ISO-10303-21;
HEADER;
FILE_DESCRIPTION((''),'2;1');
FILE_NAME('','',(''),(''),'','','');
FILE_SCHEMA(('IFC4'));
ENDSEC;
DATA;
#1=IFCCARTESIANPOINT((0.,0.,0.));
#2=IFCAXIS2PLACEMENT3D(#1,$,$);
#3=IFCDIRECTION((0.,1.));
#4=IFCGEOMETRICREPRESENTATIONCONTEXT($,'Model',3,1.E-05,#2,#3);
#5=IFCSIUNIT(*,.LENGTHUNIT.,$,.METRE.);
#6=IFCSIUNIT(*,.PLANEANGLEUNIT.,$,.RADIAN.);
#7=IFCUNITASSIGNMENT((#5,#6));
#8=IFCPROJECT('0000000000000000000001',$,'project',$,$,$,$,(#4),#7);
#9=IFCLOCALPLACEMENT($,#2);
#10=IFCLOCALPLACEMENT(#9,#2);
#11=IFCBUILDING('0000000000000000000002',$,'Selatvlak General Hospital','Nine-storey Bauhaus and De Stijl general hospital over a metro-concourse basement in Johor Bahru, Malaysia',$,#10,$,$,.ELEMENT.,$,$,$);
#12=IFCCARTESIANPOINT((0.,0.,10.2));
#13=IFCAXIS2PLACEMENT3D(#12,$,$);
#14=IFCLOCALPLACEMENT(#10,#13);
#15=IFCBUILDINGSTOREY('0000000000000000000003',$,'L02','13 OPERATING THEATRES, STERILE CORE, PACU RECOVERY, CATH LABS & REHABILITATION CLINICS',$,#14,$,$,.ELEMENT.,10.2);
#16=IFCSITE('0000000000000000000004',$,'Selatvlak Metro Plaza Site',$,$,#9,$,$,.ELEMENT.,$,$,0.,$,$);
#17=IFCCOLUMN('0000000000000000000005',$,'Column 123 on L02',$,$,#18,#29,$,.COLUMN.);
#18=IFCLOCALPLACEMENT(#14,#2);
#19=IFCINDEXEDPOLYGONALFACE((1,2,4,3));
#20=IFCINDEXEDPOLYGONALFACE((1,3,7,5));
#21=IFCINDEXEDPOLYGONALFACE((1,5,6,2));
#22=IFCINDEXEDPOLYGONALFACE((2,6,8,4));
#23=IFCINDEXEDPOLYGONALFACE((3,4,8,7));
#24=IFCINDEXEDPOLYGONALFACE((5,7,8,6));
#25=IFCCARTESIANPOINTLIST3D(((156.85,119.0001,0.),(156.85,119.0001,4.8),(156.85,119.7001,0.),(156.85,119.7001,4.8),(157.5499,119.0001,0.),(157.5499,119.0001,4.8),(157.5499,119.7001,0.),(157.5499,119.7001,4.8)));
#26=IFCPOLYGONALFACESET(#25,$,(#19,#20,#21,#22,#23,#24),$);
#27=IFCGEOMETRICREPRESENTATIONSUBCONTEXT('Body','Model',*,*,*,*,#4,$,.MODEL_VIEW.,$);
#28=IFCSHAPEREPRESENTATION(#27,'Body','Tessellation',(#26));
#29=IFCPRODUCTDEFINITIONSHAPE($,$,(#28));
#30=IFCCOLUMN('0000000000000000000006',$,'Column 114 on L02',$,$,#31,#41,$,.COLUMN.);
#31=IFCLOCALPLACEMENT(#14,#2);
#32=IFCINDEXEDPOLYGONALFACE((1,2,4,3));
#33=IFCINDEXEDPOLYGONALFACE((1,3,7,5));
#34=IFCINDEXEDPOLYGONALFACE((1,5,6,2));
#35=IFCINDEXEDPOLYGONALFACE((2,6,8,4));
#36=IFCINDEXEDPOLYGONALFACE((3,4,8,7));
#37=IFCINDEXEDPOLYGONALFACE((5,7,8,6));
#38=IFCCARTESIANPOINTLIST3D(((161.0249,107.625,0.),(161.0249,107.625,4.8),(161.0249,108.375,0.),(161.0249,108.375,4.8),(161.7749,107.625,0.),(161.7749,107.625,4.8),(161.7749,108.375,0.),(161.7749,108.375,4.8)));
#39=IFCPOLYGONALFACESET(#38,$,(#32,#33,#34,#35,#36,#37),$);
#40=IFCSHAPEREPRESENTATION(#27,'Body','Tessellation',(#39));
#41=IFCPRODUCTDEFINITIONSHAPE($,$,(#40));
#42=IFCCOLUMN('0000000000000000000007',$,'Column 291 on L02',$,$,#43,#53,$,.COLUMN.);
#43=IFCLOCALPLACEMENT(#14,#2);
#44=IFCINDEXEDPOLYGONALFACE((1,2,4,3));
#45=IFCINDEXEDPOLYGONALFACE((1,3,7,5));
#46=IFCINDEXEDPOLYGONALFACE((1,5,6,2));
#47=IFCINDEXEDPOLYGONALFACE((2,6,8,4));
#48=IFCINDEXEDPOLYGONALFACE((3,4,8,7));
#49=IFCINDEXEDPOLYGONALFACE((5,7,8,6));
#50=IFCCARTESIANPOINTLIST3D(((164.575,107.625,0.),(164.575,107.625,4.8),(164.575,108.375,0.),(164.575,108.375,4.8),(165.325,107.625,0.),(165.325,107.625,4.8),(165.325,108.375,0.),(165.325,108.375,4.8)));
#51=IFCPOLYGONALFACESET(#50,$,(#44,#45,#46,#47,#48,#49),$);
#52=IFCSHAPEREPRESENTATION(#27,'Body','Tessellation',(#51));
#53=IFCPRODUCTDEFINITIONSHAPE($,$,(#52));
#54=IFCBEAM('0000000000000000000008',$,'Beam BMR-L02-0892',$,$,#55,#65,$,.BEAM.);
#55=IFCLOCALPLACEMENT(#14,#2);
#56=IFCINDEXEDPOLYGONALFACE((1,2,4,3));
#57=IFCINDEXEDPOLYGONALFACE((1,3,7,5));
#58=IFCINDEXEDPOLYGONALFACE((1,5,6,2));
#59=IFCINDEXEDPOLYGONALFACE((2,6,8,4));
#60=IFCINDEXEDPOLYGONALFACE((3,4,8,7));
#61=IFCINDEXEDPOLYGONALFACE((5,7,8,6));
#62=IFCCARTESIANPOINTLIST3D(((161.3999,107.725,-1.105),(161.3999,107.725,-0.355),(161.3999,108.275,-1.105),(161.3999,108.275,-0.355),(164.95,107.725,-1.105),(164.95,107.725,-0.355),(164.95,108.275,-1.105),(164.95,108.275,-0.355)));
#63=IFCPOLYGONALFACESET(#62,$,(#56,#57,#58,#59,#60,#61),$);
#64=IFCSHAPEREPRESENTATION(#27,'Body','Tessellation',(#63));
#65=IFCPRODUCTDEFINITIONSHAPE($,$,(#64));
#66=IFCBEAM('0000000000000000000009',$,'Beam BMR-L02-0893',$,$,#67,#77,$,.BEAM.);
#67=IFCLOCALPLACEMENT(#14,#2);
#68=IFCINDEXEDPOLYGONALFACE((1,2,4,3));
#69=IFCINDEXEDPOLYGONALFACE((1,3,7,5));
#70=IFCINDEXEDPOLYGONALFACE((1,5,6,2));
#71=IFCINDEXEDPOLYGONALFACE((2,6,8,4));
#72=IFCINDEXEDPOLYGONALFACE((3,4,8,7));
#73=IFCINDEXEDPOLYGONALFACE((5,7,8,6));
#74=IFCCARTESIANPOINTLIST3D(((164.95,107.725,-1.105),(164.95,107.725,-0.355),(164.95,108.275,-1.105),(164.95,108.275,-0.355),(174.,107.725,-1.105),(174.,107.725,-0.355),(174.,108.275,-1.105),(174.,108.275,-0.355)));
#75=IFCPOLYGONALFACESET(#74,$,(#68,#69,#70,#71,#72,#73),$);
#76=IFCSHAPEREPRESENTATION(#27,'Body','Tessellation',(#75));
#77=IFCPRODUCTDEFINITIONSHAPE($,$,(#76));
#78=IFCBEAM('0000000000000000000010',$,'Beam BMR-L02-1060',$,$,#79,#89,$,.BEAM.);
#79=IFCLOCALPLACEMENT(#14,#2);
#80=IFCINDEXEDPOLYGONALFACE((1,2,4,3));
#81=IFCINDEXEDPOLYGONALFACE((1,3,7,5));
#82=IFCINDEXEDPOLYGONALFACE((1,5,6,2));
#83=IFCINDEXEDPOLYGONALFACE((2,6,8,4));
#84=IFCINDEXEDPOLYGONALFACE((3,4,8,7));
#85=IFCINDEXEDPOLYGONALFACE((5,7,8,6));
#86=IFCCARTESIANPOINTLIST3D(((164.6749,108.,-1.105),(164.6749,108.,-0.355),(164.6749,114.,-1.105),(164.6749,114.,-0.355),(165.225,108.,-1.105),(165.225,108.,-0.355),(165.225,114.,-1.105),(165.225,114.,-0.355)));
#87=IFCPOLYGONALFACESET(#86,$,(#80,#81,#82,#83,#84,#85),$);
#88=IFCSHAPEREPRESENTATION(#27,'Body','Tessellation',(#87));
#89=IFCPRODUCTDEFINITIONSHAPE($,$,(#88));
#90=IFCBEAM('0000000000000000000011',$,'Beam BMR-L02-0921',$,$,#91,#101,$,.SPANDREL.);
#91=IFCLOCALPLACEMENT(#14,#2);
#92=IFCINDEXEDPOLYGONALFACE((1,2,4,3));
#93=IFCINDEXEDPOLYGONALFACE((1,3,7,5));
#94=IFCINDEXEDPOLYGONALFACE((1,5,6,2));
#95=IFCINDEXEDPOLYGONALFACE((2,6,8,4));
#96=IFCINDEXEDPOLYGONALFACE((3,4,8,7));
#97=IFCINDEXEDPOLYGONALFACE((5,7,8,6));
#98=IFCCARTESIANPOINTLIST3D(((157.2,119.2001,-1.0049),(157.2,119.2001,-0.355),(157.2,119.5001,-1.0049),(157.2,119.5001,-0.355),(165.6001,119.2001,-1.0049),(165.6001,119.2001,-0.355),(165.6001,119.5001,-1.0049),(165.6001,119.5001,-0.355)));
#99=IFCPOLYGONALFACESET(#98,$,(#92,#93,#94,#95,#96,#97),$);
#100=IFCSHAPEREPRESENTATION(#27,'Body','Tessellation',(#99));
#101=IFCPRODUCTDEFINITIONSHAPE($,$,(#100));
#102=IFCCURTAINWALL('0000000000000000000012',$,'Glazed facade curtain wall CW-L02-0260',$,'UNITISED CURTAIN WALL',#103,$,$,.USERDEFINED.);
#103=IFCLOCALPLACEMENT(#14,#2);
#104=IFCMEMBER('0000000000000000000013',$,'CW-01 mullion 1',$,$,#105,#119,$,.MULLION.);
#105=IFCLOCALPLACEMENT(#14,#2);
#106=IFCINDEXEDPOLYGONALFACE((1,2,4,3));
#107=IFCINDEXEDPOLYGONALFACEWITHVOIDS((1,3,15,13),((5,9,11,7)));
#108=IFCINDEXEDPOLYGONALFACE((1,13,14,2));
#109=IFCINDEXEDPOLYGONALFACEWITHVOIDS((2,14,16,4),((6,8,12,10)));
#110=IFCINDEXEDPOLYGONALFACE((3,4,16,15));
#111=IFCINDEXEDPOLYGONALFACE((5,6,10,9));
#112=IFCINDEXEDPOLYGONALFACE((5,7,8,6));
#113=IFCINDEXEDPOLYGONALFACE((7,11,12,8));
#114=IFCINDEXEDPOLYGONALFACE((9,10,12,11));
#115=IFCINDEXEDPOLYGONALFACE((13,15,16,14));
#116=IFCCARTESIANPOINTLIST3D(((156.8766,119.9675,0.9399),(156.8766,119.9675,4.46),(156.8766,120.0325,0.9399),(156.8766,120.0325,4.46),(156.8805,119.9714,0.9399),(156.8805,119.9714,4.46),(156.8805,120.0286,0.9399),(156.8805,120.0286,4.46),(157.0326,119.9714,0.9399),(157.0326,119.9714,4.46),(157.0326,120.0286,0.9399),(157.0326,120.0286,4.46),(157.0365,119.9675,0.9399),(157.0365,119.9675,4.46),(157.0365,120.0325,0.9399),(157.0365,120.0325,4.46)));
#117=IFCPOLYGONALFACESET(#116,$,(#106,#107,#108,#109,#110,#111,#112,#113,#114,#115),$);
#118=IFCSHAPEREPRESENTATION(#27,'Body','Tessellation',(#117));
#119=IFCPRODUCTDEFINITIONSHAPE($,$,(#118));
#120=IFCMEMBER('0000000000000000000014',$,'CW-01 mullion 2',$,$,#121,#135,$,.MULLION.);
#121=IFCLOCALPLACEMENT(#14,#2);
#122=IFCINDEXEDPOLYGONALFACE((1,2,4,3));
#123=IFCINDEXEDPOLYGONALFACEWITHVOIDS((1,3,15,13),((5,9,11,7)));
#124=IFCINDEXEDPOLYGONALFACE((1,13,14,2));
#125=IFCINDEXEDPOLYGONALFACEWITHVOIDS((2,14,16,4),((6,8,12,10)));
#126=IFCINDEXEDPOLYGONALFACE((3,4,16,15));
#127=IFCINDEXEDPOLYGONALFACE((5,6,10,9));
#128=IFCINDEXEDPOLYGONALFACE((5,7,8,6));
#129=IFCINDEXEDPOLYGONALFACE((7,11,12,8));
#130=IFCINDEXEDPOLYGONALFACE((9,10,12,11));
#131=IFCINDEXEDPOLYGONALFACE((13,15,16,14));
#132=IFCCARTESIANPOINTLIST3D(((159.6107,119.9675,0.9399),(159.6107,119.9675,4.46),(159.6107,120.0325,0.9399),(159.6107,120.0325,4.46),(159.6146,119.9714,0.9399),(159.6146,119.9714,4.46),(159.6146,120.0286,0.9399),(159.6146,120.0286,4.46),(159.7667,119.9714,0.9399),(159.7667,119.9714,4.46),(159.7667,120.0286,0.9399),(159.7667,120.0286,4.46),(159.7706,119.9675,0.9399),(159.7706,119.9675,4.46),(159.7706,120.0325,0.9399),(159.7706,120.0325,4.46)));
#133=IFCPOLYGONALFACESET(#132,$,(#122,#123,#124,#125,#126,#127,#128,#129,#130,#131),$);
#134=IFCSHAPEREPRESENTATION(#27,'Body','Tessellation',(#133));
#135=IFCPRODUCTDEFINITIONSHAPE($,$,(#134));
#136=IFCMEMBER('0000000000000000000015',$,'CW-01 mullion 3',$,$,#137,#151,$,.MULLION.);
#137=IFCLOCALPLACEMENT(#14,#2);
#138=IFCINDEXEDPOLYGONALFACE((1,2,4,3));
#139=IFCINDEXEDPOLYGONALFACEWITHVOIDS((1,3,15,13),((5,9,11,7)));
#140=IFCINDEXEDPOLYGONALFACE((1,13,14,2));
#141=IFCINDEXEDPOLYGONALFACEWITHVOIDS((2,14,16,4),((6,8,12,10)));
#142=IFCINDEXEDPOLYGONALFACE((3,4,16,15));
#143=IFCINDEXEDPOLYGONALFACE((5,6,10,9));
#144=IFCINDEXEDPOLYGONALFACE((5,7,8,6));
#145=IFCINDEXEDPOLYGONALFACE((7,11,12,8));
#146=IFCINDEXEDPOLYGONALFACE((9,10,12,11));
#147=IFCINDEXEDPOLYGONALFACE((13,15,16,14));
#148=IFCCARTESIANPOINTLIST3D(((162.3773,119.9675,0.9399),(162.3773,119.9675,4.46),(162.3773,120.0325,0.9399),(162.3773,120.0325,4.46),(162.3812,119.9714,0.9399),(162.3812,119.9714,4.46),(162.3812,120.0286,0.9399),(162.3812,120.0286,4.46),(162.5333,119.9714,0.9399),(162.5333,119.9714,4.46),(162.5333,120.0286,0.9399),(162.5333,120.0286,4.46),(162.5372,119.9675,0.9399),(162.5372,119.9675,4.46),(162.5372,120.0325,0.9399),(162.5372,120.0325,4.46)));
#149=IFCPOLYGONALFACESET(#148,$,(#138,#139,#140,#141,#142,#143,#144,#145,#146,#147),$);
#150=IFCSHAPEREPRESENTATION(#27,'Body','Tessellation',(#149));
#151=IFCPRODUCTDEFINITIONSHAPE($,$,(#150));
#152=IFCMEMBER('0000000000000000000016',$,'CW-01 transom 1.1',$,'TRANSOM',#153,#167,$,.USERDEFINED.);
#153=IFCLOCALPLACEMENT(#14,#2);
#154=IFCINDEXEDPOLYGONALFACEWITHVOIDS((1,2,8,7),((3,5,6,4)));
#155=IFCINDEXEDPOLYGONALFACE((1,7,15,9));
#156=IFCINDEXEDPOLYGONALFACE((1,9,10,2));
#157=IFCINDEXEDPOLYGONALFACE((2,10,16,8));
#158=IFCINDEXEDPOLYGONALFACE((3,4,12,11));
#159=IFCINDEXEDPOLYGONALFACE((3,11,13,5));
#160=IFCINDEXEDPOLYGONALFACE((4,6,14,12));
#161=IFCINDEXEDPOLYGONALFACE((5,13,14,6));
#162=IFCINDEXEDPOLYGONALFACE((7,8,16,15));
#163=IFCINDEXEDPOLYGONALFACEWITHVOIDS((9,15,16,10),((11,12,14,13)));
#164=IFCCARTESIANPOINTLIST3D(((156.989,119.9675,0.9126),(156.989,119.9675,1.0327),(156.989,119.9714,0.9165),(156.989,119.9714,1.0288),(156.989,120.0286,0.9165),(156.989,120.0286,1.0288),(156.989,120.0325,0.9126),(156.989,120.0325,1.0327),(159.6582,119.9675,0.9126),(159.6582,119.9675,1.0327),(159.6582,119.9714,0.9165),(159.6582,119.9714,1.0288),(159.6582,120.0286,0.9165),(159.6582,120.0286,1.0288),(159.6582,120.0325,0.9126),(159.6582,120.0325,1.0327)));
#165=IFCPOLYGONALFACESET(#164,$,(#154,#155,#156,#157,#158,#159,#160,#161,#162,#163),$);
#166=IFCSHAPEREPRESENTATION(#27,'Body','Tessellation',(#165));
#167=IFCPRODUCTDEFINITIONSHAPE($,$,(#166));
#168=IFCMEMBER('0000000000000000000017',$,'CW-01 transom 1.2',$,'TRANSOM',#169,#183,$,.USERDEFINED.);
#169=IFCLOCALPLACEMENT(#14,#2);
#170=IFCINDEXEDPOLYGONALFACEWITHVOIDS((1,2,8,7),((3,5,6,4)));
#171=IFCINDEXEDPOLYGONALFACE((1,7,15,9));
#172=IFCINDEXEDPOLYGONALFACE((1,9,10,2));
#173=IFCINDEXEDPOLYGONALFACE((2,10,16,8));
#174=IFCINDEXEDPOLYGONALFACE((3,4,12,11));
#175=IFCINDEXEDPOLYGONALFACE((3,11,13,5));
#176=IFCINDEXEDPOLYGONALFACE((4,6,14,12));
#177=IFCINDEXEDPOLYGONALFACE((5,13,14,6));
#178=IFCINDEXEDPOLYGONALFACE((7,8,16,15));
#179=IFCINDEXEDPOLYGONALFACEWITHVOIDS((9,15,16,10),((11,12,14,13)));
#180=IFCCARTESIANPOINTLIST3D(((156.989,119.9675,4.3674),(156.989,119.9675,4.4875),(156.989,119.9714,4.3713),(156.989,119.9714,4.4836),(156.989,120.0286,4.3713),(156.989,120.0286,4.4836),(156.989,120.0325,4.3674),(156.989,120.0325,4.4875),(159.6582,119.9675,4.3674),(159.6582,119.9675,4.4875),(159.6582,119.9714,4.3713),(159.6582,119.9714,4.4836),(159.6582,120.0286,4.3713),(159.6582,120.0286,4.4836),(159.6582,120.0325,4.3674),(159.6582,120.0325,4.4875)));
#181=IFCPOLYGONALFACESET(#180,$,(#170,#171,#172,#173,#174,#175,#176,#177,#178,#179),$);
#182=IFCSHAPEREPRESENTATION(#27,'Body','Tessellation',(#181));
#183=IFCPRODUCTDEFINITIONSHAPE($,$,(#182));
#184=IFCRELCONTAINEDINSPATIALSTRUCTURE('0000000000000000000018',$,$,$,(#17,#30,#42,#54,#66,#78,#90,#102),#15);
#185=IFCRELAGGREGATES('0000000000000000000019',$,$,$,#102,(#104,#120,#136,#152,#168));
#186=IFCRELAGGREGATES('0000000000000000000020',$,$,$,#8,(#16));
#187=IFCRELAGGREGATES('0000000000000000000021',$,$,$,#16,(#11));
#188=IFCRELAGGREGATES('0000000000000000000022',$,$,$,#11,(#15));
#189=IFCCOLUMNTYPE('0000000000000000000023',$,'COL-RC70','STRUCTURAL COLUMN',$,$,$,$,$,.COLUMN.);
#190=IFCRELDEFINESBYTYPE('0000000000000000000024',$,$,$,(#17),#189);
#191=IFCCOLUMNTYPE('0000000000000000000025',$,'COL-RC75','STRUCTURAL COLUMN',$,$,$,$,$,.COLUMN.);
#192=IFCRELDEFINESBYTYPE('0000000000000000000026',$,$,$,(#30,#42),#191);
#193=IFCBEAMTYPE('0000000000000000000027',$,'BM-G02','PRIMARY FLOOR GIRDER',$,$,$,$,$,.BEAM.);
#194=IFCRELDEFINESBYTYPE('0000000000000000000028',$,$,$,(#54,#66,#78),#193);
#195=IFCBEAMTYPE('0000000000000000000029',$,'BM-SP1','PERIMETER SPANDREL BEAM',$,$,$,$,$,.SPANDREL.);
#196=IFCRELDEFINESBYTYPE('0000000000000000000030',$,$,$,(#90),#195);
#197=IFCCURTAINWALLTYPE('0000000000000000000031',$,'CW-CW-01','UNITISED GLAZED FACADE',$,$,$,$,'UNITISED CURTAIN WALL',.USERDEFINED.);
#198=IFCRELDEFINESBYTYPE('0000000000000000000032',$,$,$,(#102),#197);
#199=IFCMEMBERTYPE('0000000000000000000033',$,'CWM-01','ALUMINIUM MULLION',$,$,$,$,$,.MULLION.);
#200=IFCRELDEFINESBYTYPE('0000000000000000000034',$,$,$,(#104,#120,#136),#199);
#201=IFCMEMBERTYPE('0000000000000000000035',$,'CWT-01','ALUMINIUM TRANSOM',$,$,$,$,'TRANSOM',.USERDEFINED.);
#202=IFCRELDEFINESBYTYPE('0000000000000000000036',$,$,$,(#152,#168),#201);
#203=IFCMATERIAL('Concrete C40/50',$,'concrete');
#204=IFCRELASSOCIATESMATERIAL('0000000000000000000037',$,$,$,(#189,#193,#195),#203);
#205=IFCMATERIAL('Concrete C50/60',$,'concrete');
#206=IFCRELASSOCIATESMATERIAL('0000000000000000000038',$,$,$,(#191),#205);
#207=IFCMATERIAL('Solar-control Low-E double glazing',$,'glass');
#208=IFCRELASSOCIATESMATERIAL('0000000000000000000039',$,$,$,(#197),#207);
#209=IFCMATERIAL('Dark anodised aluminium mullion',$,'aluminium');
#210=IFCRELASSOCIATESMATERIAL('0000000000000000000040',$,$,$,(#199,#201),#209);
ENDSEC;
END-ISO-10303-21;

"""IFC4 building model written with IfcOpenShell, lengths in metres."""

from ifc_helpers import new_model, si_unit, direction, frame, origin, origin_2d, place, context, subcontext, project, spatial, rectangle, hollow_rectangle, extrude, material, material_profile, profile_set, type_object, element, aggregate, save


model = new_model("IFC4")

# Units and contexts
model_context = context("Model", 3, precision=1e-05, world=origin(), true_north=direction((0.0, 1.0)))
body_context = subcontext(model_context, "Body", "Model", "MODEL_VIEW")
ifc_project = project(units=[si_unit("LENGTHUNIT", "METRE"), si_unit("PLANEANGLEUNIT", "RADIAN")], contexts=[model_context])

# Site, building, storey
site_placement = place(None, origin())
site = spatial("IfcSite", under=ifc_project, at=site_placement, Name="Selatvlak Metro Plaza Site", CompositionType="ELEMENT", RefElevation=0.0)
building_placement = place(site_placement, origin())
building = spatial("IfcBuilding", under=site, at=building_placement, Name="Selatvlak General Hospital", Description="Nine-storey Bauhaus and De Stijl general hospital over a metro-concourse basement in Johor Bahru, Malaysia", CompositionType="ELEMENT")
storey_placement = place(building_placement, frame((0.0, 0.0, 10.2)))
storey = spatial("IfcBuildingStorey", under=building, at=storey_placement, Name="L02", Description="13 OPERATING THEATRES, STERILE CORE, PACU RECOVERY, CATH LABS & REHABILITATION CLINICS", CompositionType="ELEMENT", Elevation=10.2)

# Columns
ifc_material_1 = material(Name="Concrete C40/50", Category="concrete")
ifc_material_profile_1 = material_profile(ifc_material_1, rectangle(XDim=0.7, YDim=0.7, at=origin_2d()), Name="RC-COL 700x700")
ifc_profile_set_1 = profile_set([ifc_material_profile_1], Name="Concrete C40/50")
column_type_1 = type_object("IfcColumnType", Name="COL-RC70", Description="STRUCTURAL COLUMN", PredefinedType="COLUMN", material=ifc_profile_set_1)
column_placement = place(storey_placement, frame((157.2, 119.3501, 0.0), z_axis=(0.0, 0.0, 1.0), x_axis=(1.0, 0.0, 0.0)))
element("IfcColumn", 1, at=column_placement, inside=storey, type_object=column_type_1, Name="Column 123 on L02", PredefinedType="COLUMN", context=body_context, shape_type="SweptSolid", body=[
    extrude(rectangle(XDim=0.7, YDim=0.7, at=origin_2d()), origin(), (0.0, 0.0, 1.0), 4.8),
])
ifc_material_2 = material(Name="Concrete C50/60", Category="concrete")
ifc_material_profile_2 = material_profile(ifc_material_2, rectangle(XDim=0.75, YDim=0.75, at=origin_2d()), Name="RC-COL 750x750")
ifc_profile_set_2 = profile_set([ifc_material_profile_2], Name="Concrete C50/60")
column_type_2 = type_object("IfcColumnType", Name="COL-RC75", Description="STRUCTURAL COLUMN", PredefinedType="COLUMN", material=ifc_profile_set_2)
for number, where, z_axis, x_axis, name in (
    (2, (161.3999, 108.0, 0.0), (0.0, 0.0, 1.0), (1.0, 0.0, 0.0), "Column 114 on L02"),
    (3, (164.95, 108.0, 0.0), (0.0, 0.0, 1.0), (1.0, 0.0, 0.0), "Column 291 on L02"),
):
    element("IfcColumn", number, at=place(storey_placement, frame(where, z_axis=z_axis, x_axis=x_axis)), inside=storey, type_object=column_type_2, Name=name, PredefinedType="COLUMN", context=body_context, shape_type="SweptSolid", body=[
        extrude(rectangle(XDim=0.75, YDim=0.75, at=origin_2d()), origin(), (0.0, 0.0, 1.0), 4.8),
    ])

# Beams
ifc_material_profile_3 = material_profile(ifc_material_1, rectangle(XDim=0.55, YDim=0.75, at=origin_2d()), Name="RC-BM 550x750")
ifc_profile_set_3 = profile_set([ifc_material_profile_3], Name="Concrete C40/50")
beam_type_1 = type_object("IfcBeamType", Name="BM-G02", Description="PRIMARY FLOOR GIRDER", PredefinedType="BEAM", material=ifc_profile_set_3)
beam_1_placement = place(storey_placement, frame((161.3999, 108.0, -0.73), z_axis=(1.0, 0.0, 0.0), x_axis=(0.0, 1.0, 0.0)))
element("IfcBeam", 4, at=beam_1_placement, inside=storey, type_object=beam_type_1, Name="Beam BMR-L02-0892", PredefinedType="BEAM", context=body_context, shape_type="SweptSolid", body=[
    extrude(rectangle(XDim=0.55, YDim=0.75, at=origin_2d()), origin(), (0.0, 0.0, 1.0), 3.55),
])
beam_2_placement = place(storey_placement, frame((164.95, 108.0, -0.73), z_axis=(1.0, 0.0, 0.0), x_axis=(0.0, 1.0, 0.0)))
element("IfcBeam", 5, at=beam_2_placement, inside=storey, type_object=beam_type_1, Name="Beam BMR-L02-0893", PredefinedType="BEAM", context=body_context, shape_type="SweptSolid", body=[
    extrude(rectangle(XDim=0.55, YDim=0.75, at=origin_2d()), origin(), (0.0, 0.0, 1.0), 9.05),
])
beam_3_placement = place(storey_placement, frame((164.95, 108.0, -0.73), z_axis=(0.0, 1.0, 0.0), x_axis=(-1.0, 0.0, 0.0)))
element("IfcBeam", 6, at=beam_3_placement, inside=storey, type_object=beam_type_1, Name="Beam BMR-L02-1060", PredefinedType="BEAM", context=body_context, shape_type="SweptSolid", body=[
    extrude(rectangle(XDim=0.55, YDim=0.75, at=origin_2d()), origin(), (0.0, 0.0, 1.0), 6.0),
])
ifc_material_profile_4 = material_profile(ifc_material_1, rectangle(XDim=0.3, YDim=0.6499, at=origin_2d()), Name="RC-SP 300x650")
ifc_profile_set_4 = profile_set([ifc_material_profile_4], Name="Concrete C40/50")
beam_type_2 = type_object("IfcBeamType", Name="BM-SP1", Description="PERIMETER SPANDREL BEAM", PredefinedType="SPANDREL", material=ifc_profile_set_4)
beam_4_placement = place(storey_placement, frame((157.2, 119.3501, -0.6799), z_axis=(1.0, 0.0, 0.0), x_axis=(0.0, 1.0, 0.0)))
element("IfcBeam", 7, at=beam_4_placement, inside=storey, type_object=beam_type_2, Name="Beam BMR-L02-0921", PredefinedType="SPANDREL", context=body_context, shape_type="SweptSolid", body=[
    extrude(rectangle(XDim=0.3, YDim=0.6499, at=origin_2d()), origin(), (0.0, 0.0, 1.0), 8.4001),
])

# Curtain wall, members
ifc_material_3 = material(Name="Solar-control Low-E double glazing", Category="glass")
curtain_wall_type = type_object("IfcCurtainWallType", Name="CW-CW-01", Description="UNITISED GLAZED FACADE", ElementType="UNITISED CURTAIN WALL", PredefinedType="USERDEFINED", material=ifc_material_3)
curtain_wall_placement = place(storey_placement, origin())
curtain_wall = element("IfcCurtainWall", 8, at=curtain_wall_placement, inside=storey, type_object=curtain_wall_type, Name="Glazed facade curtain wall CW-L02-0260", ObjectType="UNITISED CURTAIN WALL", PredefinedType="USERDEFINED")
ifc_material_4 = material(Name="Dark anodised aluminium mullion", Category="aluminium")
ifc_material_profile_5 = material_profile(ifc_material_4, hollow_rectangle(XDim=0.0649, YDim=0.1599, WallThickness=0.0039, at=origin_2d()), Name="AL-MUL 65x160x4")
ifc_profile_set_5 = profile_set([ifc_material_profile_5], Name="Dark anodised aluminium mullion")
member_type_1 = type_object("IfcMemberType", Name="CWM-01", Description="ALUMINIUM MULLION", PredefinedType="MULLION", material=ifc_profile_set_5)
member_1_placement = place(storey_placement, frame((156.9565, 120.0, 0.9399), z_axis=(0.0, 0.0, 1.0), x_axis=(0.0, 1.0, 0.0)))
member_1 = element("IfcMember", 9, at=member_1_placement, type_object=member_type_1, Name="CW-01 mullion 1", PredefinedType="MULLION", context=body_context, shape_type="SweptSolid", body=[
    extrude(hollow_rectangle(XDim=0.0649, YDim=0.1599, WallThickness=0.0039, at=origin_2d()), origin(), (0.0, 0.0, 1.0), 3.52),
])
member_2_placement = place(storey_placement, frame((159.6907, 120.0, 0.9399), z_axis=(0.0, 0.0, 1.0), x_axis=(0.0, 1.0, 0.0)))
member_2 = element("IfcMember", 10, at=member_2_placement, type_object=member_type_1, Name="CW-01 mullion 2", PredefinedType="MULLION", context=body_context, shape_type="SweptSolid", body=[
    extrude(hollow_rectangle(XDim=0.0649, YDim=0.1599, WallThickness=0.0039, at=origin_2d()), origin(), (0.0, 0.0, 1.0), 3.52),
])
member_3_placement = place(storey_placement, frame((162.4573, 120.0, 0.9399), z_axis=(0.0, 0.0, 1.0), x_axis=(0.0, 1.0, 0.0)))
member_3 = element("IfcMember", 11, at=member_3_placement, type_object=member_type_1, Name="CW-01 mullion 3", PredefinedType="MULLION", context=body_context, shape_type="SweptSolid", body=[
    extrude(hollow_rectangle(XDim=0.0649, YDim=0.1599, WallThickness=0.0039, at=origin_2d()), origin(), (0.0, 0.0, 1.0), 3.52),
])
ifc_material_profile_6 = material_profile(ifc_material_4, hollow_rectangle(XDim=0.0649, YDim=0.1201, WallThickness=0.0039, at=origin_2d()), Name="AL-TRN 65x120x4")
ifc_profile_set_6 = profile_set([ifc_material_profile_6], Name="Dark anodised aluminium mullion")
member_type_2 = type_object("IfcMemberType", Name="CWT-01", Description="ALUMINIUM TRANSOM", ElementType="TRANSOM", PredefinedType="USERDEFINED", material=ifc_profile_set_6)
member_4_placement = place(storey_placement, frame((156.989, 120.0, 0.9727), z_axis=(1.0, 0.0, 0.0), x_axis=(0.0, 1.0, 0.0)))
member_4 = element("IfcMember", 12, at=member_4_placement, type_object=member_type_2, Name="CW-01 transom 1.1", ObjectType="TRANSOM", PredefinedType="USERDEFINED", context=body_context, shape_type="SweptSolid", body=[
    extrude(hollow_rectangle(XDim=0.0649, YDim=0.1201, WallThickness=0.0039, at=origin_2d()), origin(), (0.0, 0.0, 1.0), 2.6692),
])
member_5_placement = place(storey_placement, frame((156.989, 120.0, 4.4275), z_axis=(1.0, 0.0, 0.0), x_axis=(0.0, 1.0, 0.0)))
member_5 = element("IfcMember", 13, at=member_5_placement, type_object=member_type_2, Name="CW-01 transom 1.2", ObjectType="TRANSOM", PredefinedType="USERDEFINED", context=body_context, shape_type="SweptSolid", body=[
    extrude(hollow_rectangle(XDim=0.0649, YDim=0.1201, WallThickness=0.0039, at=origin_2d()), origin(), (0.0, 0.0, 1.0), 2.6692),
])
aggregate(curtain_wall, [member_1, member_2, member_3, member_4, member_5])

save(model, "model.ifc")
